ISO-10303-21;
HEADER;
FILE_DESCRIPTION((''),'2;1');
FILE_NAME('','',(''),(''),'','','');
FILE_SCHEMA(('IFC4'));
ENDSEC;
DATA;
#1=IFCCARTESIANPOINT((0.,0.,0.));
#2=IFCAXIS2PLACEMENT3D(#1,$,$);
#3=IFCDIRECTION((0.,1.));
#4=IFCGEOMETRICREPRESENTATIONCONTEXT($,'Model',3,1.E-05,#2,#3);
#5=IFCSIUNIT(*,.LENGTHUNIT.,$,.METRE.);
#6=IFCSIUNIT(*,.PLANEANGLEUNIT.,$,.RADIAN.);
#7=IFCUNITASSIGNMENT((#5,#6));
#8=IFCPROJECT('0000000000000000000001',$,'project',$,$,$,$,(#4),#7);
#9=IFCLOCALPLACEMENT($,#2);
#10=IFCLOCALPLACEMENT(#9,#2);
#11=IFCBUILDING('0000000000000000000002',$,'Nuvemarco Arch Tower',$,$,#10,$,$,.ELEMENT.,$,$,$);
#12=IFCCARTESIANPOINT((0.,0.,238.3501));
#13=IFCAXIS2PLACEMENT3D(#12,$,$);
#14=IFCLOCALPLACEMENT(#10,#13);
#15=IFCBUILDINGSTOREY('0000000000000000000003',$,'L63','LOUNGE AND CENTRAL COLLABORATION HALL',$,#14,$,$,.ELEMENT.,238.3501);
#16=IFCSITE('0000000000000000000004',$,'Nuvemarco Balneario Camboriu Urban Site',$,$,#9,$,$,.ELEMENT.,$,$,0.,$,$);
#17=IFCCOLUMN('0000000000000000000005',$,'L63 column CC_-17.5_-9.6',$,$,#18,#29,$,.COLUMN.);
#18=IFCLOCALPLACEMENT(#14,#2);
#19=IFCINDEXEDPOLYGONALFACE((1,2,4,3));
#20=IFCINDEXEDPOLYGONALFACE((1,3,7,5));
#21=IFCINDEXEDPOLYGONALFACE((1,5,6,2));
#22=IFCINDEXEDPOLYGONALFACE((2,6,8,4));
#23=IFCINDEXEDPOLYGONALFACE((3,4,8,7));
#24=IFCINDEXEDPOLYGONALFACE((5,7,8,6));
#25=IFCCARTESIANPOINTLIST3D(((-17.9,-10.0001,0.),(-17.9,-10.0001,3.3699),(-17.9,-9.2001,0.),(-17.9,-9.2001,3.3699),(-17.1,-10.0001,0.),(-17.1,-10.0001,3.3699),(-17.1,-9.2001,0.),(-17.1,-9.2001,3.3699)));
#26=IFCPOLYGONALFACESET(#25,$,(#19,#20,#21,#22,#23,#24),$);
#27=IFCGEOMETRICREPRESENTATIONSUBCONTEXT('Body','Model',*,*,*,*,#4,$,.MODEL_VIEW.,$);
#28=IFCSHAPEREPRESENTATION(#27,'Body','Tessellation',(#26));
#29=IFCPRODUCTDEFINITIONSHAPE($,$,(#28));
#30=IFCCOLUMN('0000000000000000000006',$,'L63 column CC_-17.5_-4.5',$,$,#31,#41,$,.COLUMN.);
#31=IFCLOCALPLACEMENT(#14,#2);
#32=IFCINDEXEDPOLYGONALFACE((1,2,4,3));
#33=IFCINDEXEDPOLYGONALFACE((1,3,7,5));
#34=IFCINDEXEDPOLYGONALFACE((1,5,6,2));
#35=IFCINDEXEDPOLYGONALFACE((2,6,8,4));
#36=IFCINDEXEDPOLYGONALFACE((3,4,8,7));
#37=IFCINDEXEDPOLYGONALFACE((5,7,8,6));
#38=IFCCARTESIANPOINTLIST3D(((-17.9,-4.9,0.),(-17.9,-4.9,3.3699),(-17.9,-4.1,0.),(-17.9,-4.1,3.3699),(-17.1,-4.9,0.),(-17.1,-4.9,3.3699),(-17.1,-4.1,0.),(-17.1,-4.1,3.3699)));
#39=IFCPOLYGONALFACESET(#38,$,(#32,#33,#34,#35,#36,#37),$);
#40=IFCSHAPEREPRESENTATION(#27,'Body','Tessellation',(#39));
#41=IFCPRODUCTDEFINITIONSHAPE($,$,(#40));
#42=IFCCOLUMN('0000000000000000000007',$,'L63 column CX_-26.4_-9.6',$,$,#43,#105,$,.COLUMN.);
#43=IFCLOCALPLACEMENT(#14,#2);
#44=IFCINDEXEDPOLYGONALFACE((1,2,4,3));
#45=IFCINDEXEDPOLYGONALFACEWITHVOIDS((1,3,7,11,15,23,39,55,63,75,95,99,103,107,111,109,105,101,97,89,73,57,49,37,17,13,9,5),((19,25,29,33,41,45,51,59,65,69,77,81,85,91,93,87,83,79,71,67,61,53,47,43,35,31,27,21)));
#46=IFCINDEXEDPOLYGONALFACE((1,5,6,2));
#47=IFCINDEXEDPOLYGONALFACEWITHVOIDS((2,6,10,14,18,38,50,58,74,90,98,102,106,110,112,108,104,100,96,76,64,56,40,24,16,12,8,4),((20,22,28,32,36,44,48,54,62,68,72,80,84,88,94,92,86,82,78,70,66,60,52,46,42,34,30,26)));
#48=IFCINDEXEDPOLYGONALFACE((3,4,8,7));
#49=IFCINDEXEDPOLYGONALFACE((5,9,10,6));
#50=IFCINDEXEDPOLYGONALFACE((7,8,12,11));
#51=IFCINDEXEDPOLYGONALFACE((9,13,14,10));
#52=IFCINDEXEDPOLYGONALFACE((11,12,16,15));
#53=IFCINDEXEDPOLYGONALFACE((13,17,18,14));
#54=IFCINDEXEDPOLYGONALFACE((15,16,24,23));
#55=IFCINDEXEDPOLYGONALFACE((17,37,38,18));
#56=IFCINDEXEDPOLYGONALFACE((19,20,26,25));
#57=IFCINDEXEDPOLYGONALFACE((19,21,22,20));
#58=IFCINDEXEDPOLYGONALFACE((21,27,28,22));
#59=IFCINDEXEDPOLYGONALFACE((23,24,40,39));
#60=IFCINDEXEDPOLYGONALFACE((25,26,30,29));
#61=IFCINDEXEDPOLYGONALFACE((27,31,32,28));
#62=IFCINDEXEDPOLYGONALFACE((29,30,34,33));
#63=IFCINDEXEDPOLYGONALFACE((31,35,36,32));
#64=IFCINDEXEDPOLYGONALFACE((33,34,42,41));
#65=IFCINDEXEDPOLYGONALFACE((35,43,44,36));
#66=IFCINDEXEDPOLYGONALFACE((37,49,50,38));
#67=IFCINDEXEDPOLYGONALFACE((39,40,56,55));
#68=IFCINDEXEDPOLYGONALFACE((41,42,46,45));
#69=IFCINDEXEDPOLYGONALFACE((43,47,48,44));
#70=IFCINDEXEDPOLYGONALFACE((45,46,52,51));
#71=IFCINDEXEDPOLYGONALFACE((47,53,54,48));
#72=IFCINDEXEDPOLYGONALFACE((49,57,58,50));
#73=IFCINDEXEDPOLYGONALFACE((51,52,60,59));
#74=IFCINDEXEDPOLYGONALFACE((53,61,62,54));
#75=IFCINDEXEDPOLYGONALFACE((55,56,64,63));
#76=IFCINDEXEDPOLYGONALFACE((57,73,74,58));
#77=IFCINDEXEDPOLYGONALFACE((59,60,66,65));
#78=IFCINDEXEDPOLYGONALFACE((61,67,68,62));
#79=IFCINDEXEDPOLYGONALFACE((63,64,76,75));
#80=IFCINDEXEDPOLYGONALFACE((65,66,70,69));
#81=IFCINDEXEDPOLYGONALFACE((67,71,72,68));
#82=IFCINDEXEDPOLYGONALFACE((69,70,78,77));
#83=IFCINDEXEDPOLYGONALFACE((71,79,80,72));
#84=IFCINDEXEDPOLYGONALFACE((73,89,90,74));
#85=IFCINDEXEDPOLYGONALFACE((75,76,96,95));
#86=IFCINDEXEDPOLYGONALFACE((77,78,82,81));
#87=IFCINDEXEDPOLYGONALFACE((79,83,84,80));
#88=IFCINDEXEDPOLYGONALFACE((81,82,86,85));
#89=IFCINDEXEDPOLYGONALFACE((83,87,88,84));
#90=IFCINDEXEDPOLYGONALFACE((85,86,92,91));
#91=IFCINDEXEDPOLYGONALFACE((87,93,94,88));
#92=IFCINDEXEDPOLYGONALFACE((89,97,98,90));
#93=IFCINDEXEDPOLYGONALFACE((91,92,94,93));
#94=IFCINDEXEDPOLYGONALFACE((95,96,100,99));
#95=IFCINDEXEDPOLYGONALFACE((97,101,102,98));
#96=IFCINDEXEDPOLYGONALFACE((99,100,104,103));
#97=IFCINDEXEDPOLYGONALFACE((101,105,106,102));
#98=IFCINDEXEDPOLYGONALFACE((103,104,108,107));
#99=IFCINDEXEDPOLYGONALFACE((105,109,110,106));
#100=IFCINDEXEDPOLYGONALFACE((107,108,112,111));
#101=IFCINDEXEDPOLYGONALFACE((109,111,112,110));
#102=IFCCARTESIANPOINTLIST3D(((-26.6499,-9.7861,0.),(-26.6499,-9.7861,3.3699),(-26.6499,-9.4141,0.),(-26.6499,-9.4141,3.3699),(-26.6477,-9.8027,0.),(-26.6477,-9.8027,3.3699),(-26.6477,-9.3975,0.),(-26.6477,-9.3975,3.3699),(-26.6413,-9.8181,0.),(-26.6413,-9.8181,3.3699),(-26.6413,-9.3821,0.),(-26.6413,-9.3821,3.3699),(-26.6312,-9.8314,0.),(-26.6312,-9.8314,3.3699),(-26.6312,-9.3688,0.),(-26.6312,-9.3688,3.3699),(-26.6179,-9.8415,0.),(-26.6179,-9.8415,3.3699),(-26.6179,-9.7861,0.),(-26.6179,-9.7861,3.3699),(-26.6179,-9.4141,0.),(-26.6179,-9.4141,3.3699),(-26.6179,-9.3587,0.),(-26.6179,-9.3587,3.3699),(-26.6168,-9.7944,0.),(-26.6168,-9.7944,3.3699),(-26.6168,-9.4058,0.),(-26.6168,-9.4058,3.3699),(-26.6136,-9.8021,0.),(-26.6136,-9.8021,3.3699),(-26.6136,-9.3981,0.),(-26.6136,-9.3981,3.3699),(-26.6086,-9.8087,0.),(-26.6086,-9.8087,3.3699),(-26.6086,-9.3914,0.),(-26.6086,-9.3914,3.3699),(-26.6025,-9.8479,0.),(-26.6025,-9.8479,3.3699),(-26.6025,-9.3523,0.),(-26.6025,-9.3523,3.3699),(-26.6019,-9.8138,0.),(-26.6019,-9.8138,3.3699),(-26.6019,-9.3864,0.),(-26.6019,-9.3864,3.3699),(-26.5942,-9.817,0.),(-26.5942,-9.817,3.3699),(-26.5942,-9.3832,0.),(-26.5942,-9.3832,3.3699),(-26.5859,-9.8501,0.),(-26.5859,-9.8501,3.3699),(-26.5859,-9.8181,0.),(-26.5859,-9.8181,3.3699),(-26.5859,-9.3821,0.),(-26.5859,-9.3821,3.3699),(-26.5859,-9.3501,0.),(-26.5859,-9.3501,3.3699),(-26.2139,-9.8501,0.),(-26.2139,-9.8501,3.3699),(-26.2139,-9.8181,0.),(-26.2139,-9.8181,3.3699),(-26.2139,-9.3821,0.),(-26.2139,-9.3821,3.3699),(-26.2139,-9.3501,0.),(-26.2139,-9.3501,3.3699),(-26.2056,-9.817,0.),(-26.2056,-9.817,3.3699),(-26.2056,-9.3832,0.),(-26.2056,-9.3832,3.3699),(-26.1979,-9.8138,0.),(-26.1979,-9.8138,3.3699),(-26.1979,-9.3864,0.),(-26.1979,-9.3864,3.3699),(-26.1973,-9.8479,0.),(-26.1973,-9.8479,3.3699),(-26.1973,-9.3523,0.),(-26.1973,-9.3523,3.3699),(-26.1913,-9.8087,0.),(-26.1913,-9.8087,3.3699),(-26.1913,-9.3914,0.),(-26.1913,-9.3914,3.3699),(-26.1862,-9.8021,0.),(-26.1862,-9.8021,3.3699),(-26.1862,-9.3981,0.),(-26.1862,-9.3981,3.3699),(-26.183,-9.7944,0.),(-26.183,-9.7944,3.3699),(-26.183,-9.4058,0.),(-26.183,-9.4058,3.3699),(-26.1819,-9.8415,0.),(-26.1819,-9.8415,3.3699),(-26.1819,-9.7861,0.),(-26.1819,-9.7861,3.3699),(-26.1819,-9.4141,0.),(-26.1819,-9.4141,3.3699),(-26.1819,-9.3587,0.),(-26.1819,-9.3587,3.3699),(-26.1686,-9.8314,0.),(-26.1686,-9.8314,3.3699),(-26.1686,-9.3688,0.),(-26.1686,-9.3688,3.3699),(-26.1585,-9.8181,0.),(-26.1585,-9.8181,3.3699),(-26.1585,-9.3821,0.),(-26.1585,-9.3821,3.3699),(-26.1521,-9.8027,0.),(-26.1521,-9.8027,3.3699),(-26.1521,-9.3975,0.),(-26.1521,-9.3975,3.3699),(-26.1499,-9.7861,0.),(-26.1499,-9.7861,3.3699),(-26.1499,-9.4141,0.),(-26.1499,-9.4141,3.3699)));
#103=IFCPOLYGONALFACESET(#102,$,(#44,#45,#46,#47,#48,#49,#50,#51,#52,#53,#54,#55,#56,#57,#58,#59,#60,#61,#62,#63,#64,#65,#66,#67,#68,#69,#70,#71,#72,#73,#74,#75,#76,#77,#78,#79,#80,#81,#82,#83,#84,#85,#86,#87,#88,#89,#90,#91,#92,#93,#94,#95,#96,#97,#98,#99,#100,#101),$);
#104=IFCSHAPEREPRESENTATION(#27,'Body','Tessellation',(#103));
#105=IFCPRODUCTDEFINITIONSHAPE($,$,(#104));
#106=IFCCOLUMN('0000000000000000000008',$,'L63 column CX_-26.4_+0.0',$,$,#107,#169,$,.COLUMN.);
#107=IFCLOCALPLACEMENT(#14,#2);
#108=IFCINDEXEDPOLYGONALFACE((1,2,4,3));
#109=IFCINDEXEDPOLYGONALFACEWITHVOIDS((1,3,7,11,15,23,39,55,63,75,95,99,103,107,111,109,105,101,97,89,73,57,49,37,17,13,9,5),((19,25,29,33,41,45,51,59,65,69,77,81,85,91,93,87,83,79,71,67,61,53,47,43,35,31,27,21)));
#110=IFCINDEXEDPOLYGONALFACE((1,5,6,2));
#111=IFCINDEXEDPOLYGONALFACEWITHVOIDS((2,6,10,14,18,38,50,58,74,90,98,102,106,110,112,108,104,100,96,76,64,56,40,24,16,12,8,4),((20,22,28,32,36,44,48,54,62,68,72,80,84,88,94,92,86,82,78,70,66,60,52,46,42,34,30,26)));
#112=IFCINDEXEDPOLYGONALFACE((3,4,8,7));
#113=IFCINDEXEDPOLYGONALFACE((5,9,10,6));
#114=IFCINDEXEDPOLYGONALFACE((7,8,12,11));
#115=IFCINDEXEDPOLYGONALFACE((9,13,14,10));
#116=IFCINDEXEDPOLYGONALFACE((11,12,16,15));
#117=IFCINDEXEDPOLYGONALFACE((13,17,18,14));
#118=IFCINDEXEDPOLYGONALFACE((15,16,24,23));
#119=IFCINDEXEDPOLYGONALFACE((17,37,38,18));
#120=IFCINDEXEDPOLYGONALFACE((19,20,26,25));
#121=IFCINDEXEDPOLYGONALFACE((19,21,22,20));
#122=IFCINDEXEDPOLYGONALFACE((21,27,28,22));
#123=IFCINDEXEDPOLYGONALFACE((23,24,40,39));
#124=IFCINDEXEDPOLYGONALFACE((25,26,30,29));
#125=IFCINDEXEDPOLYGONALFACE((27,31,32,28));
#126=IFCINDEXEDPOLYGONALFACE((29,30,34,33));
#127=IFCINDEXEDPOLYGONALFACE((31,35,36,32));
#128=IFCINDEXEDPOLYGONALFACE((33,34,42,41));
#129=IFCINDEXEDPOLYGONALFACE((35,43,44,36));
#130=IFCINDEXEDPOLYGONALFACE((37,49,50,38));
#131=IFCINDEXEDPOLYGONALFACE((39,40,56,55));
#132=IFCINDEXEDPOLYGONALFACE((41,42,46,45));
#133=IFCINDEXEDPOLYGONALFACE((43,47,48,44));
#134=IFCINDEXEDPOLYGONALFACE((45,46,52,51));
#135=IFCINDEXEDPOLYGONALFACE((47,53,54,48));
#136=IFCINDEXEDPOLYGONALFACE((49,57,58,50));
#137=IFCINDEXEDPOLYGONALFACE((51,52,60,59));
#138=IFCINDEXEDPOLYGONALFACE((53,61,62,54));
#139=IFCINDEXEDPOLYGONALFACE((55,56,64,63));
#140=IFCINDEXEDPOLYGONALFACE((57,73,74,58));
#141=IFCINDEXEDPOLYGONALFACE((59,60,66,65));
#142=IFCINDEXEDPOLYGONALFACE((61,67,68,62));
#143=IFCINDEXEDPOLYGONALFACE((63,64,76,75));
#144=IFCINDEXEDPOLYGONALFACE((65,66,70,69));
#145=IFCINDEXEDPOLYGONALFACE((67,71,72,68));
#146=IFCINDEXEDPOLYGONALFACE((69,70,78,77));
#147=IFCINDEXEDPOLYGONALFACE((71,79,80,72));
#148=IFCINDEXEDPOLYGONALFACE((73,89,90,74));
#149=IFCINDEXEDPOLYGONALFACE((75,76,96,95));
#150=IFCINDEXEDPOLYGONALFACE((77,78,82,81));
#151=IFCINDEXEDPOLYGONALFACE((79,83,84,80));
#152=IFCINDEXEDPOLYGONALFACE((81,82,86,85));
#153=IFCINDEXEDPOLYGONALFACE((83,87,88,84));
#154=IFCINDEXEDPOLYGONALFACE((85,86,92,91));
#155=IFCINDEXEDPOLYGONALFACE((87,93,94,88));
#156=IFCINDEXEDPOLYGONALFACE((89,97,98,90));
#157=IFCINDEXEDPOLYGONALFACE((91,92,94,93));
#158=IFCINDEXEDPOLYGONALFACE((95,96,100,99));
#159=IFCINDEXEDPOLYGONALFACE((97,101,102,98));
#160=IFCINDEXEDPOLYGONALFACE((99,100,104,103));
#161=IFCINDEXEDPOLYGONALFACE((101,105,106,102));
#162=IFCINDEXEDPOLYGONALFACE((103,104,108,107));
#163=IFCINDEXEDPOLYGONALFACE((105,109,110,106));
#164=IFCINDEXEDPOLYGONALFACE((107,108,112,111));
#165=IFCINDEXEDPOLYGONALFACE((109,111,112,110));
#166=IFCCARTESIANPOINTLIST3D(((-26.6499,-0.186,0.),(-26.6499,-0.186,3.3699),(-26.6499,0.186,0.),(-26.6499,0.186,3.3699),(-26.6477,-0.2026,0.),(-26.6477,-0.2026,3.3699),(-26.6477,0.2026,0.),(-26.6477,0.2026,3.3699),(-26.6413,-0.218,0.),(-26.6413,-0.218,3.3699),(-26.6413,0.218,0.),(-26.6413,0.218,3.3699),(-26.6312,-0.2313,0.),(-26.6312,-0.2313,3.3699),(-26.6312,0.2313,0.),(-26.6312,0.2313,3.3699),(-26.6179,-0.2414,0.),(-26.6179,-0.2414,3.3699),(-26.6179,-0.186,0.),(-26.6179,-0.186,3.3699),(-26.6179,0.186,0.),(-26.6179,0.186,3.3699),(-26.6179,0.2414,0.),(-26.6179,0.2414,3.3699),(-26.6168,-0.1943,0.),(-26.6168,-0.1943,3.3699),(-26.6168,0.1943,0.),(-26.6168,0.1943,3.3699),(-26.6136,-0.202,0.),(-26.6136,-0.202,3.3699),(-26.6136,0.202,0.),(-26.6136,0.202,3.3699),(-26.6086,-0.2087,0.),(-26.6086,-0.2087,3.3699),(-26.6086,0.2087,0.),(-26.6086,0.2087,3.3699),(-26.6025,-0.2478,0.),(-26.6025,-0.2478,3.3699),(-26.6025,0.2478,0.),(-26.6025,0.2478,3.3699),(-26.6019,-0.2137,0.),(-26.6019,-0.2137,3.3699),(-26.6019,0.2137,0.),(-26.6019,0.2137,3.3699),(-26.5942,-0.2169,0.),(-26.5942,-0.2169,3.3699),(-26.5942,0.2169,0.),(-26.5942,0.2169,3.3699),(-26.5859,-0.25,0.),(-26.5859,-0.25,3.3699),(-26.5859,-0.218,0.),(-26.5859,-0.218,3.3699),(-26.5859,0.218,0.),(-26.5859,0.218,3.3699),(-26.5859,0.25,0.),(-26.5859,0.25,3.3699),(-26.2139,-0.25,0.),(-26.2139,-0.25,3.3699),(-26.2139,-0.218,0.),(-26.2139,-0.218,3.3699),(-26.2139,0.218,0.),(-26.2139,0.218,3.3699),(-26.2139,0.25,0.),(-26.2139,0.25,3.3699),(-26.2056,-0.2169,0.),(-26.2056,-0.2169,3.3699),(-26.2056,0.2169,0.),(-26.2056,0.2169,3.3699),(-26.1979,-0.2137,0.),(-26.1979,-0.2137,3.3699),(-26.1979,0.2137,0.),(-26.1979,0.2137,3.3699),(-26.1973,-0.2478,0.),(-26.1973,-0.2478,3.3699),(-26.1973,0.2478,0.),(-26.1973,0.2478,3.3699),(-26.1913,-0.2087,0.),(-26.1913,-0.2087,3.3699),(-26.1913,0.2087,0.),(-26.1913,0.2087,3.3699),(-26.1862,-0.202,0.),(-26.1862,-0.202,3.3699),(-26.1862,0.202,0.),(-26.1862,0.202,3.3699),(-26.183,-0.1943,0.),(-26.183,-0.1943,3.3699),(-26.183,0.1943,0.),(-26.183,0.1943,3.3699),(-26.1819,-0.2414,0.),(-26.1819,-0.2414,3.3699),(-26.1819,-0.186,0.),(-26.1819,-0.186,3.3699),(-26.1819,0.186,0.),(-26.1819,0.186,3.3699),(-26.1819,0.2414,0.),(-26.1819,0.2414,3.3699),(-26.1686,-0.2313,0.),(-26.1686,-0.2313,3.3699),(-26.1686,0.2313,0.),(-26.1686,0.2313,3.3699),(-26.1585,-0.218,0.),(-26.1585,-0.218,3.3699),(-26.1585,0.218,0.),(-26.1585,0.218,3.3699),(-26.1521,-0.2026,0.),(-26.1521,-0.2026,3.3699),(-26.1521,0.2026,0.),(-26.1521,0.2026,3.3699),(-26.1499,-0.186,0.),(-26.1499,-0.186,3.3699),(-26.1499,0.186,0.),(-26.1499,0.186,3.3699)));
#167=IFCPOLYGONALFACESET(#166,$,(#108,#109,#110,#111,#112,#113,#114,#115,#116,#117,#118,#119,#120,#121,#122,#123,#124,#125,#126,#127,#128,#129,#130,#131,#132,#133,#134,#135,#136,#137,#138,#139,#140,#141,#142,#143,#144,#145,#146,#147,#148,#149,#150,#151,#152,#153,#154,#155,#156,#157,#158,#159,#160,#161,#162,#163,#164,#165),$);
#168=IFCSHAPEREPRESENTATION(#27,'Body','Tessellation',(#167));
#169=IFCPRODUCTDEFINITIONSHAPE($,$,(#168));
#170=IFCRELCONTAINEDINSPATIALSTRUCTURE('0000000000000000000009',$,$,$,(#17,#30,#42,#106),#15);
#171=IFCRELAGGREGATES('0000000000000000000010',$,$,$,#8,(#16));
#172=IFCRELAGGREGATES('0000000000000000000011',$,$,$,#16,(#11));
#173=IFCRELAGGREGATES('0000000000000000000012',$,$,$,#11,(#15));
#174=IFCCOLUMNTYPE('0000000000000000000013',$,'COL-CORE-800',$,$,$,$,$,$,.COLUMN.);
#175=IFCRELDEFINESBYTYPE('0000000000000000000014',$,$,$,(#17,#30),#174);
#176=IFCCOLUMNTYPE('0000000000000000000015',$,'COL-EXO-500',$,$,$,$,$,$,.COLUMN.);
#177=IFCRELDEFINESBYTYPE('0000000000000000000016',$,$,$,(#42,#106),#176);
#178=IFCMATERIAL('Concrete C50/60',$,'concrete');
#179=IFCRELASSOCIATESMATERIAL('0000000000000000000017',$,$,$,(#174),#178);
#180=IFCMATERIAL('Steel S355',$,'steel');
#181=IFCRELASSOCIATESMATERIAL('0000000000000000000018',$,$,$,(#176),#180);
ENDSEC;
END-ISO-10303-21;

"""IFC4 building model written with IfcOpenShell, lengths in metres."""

from ifc_helpers import new_model, si_unit, direction, frame, origin, origin_2d, place, context, subcontext, project, spatial, rectangle, hollow_rectangle, extrude, material, material_profile, profile_set, type_object, element, save


model = new_model("IFC4")

# Units and contexts
model_context = context("Model", 3, precision=1e-05, world=origin(), true_north=direction((0.0, 1.0)))
body_context = subcontext(model_context, "Body", "Model", "MODEL_VIEW")
ifc_project = project(units=[si_unit("LENGTHUNIT", "METRE"), si_unit("PLANEANGLEUNIT", "RADIAN")], contexts=[model_context])

# Site, building, storey
site_placement = place(None, origin())
site = spatial("IfcSite", under=ifc_project, at=site_placement, Name="Nuvemarco Balneario Camboriu Urban Site", CompositionType="ELEMENT", RefElevation=0.0)
building_placement = place(site_placement, origin())
building = spatial("IfcBuilding", under=site, at=building_placement, Name="Nuvemarco Arch Tower", CompositionType="ELEMENT")
storey_placement = place(building_placement, frame((0.0, 0.0, 238.3501)))
storey = spatial("IfcBuildingStorey", under=building, at=storey_placement, Name="L63", Description="LOUNGE AND CENTRAL COLLABORATION HALL", CompositionType="ELEMENT", Elevation=238.3501)

# Columns
ifc_material_1 = material(Name="Concrete C50/60", Category="concrete")
ifc_material_profile_1 = material_profile(ifc_material_1, rectangle(XDim=0.8, YDim=0.8, at=origin_2d()), Name="RC-COL-800x800")
ifc_profile_set_1 = profile_set([ifc_material_profile_1], Name="Concrete C50/60")
column_type_1 = type_object("IfcColumnType", Name="COL-CORE-800", PredefinedType="COLUMN", material=ifc_profile_set_1)
for number, where, z_axis, x_axis, name in (
    (1, (-17.5, -9.6001, 0.0), (0.0, 0.0, 1.0), (1.0, 0.0, 0.0), "L63 column CC_-17.5_-9.6"),
    (2, (-17.5, -4.5, 0.0), (0.0, 0.0, 1.0), (1.0, 0.0, 0.0), "L63 column CC_-17.5_-4.5"),
):
    element("IfcColumn", number, at=place(storey_placement, frame(where, z_axis=z_axis, x_axis=x_axis)), inside=storey, type_object=column_type_1, Name=name, PredefinedType="COLUMN", context=body_context, shape_type="SweptSolid", body=[
        extrude(rectangle(XDim=0.8, YDim=0.8, at=origin_2d()), origin(), (0.0, 0.0, 1.0), 3.3699),
    ])
ifc_material_2 = material(Name="Steel S355", Category="steel")
ifc_material_profile_2 = material_profile(ifc_material_2, hollow_rectangle(XDim=0.5, YDim=0.5, WallThickness=0.032, InnerFilletRadius=0.032, OuterFilletRadius=0.064, at=origin_2d()), Name="SHS500x500x32")
ifc_profile_set_2 = profile_set([ifc_material_profile_2], Name="Steel S355")
column_type_2 = type_object("IfcColumnType", Name="COL-EXO-500", PredefinedType="COLUMN", material=ifc_profile_set_2)
for number, where, z_axis, x_axis, name in (
    (3, (-26.3999, -9.6001, 0.0), (0.0, 0.0, 1.0), (1.0, 0.0, 0.0), "L63 column CX_-26.4_-9.6"),
    (4, (-26.3999, 0.0, 0.0), (0.0, 0.0, 1.0), (1.0, 0.0, 0.0), "L63 column CX_-26.4_+0.0"),
):
    element("IfcColumn", number, at=place(storey_placement, frame(where, z_axis=z_axis, x_axis=x_axis)), inside=storey, type_object=column_type_2, Name=name, PredefinedType="COLUMN", context=body_context, shape_type="SweptSolid", body=[
        extrude(hollow_rectangle(XDim=0.5, YDim=0.5, WallThickness=0.032, InnerFilletRadius=0.032, OuterFilletRadius=0.064, at=origin_2d()), origin(), (0.0, 0.0, 1.0), 3.3699),
    ])

save(model, "model.ifc")
